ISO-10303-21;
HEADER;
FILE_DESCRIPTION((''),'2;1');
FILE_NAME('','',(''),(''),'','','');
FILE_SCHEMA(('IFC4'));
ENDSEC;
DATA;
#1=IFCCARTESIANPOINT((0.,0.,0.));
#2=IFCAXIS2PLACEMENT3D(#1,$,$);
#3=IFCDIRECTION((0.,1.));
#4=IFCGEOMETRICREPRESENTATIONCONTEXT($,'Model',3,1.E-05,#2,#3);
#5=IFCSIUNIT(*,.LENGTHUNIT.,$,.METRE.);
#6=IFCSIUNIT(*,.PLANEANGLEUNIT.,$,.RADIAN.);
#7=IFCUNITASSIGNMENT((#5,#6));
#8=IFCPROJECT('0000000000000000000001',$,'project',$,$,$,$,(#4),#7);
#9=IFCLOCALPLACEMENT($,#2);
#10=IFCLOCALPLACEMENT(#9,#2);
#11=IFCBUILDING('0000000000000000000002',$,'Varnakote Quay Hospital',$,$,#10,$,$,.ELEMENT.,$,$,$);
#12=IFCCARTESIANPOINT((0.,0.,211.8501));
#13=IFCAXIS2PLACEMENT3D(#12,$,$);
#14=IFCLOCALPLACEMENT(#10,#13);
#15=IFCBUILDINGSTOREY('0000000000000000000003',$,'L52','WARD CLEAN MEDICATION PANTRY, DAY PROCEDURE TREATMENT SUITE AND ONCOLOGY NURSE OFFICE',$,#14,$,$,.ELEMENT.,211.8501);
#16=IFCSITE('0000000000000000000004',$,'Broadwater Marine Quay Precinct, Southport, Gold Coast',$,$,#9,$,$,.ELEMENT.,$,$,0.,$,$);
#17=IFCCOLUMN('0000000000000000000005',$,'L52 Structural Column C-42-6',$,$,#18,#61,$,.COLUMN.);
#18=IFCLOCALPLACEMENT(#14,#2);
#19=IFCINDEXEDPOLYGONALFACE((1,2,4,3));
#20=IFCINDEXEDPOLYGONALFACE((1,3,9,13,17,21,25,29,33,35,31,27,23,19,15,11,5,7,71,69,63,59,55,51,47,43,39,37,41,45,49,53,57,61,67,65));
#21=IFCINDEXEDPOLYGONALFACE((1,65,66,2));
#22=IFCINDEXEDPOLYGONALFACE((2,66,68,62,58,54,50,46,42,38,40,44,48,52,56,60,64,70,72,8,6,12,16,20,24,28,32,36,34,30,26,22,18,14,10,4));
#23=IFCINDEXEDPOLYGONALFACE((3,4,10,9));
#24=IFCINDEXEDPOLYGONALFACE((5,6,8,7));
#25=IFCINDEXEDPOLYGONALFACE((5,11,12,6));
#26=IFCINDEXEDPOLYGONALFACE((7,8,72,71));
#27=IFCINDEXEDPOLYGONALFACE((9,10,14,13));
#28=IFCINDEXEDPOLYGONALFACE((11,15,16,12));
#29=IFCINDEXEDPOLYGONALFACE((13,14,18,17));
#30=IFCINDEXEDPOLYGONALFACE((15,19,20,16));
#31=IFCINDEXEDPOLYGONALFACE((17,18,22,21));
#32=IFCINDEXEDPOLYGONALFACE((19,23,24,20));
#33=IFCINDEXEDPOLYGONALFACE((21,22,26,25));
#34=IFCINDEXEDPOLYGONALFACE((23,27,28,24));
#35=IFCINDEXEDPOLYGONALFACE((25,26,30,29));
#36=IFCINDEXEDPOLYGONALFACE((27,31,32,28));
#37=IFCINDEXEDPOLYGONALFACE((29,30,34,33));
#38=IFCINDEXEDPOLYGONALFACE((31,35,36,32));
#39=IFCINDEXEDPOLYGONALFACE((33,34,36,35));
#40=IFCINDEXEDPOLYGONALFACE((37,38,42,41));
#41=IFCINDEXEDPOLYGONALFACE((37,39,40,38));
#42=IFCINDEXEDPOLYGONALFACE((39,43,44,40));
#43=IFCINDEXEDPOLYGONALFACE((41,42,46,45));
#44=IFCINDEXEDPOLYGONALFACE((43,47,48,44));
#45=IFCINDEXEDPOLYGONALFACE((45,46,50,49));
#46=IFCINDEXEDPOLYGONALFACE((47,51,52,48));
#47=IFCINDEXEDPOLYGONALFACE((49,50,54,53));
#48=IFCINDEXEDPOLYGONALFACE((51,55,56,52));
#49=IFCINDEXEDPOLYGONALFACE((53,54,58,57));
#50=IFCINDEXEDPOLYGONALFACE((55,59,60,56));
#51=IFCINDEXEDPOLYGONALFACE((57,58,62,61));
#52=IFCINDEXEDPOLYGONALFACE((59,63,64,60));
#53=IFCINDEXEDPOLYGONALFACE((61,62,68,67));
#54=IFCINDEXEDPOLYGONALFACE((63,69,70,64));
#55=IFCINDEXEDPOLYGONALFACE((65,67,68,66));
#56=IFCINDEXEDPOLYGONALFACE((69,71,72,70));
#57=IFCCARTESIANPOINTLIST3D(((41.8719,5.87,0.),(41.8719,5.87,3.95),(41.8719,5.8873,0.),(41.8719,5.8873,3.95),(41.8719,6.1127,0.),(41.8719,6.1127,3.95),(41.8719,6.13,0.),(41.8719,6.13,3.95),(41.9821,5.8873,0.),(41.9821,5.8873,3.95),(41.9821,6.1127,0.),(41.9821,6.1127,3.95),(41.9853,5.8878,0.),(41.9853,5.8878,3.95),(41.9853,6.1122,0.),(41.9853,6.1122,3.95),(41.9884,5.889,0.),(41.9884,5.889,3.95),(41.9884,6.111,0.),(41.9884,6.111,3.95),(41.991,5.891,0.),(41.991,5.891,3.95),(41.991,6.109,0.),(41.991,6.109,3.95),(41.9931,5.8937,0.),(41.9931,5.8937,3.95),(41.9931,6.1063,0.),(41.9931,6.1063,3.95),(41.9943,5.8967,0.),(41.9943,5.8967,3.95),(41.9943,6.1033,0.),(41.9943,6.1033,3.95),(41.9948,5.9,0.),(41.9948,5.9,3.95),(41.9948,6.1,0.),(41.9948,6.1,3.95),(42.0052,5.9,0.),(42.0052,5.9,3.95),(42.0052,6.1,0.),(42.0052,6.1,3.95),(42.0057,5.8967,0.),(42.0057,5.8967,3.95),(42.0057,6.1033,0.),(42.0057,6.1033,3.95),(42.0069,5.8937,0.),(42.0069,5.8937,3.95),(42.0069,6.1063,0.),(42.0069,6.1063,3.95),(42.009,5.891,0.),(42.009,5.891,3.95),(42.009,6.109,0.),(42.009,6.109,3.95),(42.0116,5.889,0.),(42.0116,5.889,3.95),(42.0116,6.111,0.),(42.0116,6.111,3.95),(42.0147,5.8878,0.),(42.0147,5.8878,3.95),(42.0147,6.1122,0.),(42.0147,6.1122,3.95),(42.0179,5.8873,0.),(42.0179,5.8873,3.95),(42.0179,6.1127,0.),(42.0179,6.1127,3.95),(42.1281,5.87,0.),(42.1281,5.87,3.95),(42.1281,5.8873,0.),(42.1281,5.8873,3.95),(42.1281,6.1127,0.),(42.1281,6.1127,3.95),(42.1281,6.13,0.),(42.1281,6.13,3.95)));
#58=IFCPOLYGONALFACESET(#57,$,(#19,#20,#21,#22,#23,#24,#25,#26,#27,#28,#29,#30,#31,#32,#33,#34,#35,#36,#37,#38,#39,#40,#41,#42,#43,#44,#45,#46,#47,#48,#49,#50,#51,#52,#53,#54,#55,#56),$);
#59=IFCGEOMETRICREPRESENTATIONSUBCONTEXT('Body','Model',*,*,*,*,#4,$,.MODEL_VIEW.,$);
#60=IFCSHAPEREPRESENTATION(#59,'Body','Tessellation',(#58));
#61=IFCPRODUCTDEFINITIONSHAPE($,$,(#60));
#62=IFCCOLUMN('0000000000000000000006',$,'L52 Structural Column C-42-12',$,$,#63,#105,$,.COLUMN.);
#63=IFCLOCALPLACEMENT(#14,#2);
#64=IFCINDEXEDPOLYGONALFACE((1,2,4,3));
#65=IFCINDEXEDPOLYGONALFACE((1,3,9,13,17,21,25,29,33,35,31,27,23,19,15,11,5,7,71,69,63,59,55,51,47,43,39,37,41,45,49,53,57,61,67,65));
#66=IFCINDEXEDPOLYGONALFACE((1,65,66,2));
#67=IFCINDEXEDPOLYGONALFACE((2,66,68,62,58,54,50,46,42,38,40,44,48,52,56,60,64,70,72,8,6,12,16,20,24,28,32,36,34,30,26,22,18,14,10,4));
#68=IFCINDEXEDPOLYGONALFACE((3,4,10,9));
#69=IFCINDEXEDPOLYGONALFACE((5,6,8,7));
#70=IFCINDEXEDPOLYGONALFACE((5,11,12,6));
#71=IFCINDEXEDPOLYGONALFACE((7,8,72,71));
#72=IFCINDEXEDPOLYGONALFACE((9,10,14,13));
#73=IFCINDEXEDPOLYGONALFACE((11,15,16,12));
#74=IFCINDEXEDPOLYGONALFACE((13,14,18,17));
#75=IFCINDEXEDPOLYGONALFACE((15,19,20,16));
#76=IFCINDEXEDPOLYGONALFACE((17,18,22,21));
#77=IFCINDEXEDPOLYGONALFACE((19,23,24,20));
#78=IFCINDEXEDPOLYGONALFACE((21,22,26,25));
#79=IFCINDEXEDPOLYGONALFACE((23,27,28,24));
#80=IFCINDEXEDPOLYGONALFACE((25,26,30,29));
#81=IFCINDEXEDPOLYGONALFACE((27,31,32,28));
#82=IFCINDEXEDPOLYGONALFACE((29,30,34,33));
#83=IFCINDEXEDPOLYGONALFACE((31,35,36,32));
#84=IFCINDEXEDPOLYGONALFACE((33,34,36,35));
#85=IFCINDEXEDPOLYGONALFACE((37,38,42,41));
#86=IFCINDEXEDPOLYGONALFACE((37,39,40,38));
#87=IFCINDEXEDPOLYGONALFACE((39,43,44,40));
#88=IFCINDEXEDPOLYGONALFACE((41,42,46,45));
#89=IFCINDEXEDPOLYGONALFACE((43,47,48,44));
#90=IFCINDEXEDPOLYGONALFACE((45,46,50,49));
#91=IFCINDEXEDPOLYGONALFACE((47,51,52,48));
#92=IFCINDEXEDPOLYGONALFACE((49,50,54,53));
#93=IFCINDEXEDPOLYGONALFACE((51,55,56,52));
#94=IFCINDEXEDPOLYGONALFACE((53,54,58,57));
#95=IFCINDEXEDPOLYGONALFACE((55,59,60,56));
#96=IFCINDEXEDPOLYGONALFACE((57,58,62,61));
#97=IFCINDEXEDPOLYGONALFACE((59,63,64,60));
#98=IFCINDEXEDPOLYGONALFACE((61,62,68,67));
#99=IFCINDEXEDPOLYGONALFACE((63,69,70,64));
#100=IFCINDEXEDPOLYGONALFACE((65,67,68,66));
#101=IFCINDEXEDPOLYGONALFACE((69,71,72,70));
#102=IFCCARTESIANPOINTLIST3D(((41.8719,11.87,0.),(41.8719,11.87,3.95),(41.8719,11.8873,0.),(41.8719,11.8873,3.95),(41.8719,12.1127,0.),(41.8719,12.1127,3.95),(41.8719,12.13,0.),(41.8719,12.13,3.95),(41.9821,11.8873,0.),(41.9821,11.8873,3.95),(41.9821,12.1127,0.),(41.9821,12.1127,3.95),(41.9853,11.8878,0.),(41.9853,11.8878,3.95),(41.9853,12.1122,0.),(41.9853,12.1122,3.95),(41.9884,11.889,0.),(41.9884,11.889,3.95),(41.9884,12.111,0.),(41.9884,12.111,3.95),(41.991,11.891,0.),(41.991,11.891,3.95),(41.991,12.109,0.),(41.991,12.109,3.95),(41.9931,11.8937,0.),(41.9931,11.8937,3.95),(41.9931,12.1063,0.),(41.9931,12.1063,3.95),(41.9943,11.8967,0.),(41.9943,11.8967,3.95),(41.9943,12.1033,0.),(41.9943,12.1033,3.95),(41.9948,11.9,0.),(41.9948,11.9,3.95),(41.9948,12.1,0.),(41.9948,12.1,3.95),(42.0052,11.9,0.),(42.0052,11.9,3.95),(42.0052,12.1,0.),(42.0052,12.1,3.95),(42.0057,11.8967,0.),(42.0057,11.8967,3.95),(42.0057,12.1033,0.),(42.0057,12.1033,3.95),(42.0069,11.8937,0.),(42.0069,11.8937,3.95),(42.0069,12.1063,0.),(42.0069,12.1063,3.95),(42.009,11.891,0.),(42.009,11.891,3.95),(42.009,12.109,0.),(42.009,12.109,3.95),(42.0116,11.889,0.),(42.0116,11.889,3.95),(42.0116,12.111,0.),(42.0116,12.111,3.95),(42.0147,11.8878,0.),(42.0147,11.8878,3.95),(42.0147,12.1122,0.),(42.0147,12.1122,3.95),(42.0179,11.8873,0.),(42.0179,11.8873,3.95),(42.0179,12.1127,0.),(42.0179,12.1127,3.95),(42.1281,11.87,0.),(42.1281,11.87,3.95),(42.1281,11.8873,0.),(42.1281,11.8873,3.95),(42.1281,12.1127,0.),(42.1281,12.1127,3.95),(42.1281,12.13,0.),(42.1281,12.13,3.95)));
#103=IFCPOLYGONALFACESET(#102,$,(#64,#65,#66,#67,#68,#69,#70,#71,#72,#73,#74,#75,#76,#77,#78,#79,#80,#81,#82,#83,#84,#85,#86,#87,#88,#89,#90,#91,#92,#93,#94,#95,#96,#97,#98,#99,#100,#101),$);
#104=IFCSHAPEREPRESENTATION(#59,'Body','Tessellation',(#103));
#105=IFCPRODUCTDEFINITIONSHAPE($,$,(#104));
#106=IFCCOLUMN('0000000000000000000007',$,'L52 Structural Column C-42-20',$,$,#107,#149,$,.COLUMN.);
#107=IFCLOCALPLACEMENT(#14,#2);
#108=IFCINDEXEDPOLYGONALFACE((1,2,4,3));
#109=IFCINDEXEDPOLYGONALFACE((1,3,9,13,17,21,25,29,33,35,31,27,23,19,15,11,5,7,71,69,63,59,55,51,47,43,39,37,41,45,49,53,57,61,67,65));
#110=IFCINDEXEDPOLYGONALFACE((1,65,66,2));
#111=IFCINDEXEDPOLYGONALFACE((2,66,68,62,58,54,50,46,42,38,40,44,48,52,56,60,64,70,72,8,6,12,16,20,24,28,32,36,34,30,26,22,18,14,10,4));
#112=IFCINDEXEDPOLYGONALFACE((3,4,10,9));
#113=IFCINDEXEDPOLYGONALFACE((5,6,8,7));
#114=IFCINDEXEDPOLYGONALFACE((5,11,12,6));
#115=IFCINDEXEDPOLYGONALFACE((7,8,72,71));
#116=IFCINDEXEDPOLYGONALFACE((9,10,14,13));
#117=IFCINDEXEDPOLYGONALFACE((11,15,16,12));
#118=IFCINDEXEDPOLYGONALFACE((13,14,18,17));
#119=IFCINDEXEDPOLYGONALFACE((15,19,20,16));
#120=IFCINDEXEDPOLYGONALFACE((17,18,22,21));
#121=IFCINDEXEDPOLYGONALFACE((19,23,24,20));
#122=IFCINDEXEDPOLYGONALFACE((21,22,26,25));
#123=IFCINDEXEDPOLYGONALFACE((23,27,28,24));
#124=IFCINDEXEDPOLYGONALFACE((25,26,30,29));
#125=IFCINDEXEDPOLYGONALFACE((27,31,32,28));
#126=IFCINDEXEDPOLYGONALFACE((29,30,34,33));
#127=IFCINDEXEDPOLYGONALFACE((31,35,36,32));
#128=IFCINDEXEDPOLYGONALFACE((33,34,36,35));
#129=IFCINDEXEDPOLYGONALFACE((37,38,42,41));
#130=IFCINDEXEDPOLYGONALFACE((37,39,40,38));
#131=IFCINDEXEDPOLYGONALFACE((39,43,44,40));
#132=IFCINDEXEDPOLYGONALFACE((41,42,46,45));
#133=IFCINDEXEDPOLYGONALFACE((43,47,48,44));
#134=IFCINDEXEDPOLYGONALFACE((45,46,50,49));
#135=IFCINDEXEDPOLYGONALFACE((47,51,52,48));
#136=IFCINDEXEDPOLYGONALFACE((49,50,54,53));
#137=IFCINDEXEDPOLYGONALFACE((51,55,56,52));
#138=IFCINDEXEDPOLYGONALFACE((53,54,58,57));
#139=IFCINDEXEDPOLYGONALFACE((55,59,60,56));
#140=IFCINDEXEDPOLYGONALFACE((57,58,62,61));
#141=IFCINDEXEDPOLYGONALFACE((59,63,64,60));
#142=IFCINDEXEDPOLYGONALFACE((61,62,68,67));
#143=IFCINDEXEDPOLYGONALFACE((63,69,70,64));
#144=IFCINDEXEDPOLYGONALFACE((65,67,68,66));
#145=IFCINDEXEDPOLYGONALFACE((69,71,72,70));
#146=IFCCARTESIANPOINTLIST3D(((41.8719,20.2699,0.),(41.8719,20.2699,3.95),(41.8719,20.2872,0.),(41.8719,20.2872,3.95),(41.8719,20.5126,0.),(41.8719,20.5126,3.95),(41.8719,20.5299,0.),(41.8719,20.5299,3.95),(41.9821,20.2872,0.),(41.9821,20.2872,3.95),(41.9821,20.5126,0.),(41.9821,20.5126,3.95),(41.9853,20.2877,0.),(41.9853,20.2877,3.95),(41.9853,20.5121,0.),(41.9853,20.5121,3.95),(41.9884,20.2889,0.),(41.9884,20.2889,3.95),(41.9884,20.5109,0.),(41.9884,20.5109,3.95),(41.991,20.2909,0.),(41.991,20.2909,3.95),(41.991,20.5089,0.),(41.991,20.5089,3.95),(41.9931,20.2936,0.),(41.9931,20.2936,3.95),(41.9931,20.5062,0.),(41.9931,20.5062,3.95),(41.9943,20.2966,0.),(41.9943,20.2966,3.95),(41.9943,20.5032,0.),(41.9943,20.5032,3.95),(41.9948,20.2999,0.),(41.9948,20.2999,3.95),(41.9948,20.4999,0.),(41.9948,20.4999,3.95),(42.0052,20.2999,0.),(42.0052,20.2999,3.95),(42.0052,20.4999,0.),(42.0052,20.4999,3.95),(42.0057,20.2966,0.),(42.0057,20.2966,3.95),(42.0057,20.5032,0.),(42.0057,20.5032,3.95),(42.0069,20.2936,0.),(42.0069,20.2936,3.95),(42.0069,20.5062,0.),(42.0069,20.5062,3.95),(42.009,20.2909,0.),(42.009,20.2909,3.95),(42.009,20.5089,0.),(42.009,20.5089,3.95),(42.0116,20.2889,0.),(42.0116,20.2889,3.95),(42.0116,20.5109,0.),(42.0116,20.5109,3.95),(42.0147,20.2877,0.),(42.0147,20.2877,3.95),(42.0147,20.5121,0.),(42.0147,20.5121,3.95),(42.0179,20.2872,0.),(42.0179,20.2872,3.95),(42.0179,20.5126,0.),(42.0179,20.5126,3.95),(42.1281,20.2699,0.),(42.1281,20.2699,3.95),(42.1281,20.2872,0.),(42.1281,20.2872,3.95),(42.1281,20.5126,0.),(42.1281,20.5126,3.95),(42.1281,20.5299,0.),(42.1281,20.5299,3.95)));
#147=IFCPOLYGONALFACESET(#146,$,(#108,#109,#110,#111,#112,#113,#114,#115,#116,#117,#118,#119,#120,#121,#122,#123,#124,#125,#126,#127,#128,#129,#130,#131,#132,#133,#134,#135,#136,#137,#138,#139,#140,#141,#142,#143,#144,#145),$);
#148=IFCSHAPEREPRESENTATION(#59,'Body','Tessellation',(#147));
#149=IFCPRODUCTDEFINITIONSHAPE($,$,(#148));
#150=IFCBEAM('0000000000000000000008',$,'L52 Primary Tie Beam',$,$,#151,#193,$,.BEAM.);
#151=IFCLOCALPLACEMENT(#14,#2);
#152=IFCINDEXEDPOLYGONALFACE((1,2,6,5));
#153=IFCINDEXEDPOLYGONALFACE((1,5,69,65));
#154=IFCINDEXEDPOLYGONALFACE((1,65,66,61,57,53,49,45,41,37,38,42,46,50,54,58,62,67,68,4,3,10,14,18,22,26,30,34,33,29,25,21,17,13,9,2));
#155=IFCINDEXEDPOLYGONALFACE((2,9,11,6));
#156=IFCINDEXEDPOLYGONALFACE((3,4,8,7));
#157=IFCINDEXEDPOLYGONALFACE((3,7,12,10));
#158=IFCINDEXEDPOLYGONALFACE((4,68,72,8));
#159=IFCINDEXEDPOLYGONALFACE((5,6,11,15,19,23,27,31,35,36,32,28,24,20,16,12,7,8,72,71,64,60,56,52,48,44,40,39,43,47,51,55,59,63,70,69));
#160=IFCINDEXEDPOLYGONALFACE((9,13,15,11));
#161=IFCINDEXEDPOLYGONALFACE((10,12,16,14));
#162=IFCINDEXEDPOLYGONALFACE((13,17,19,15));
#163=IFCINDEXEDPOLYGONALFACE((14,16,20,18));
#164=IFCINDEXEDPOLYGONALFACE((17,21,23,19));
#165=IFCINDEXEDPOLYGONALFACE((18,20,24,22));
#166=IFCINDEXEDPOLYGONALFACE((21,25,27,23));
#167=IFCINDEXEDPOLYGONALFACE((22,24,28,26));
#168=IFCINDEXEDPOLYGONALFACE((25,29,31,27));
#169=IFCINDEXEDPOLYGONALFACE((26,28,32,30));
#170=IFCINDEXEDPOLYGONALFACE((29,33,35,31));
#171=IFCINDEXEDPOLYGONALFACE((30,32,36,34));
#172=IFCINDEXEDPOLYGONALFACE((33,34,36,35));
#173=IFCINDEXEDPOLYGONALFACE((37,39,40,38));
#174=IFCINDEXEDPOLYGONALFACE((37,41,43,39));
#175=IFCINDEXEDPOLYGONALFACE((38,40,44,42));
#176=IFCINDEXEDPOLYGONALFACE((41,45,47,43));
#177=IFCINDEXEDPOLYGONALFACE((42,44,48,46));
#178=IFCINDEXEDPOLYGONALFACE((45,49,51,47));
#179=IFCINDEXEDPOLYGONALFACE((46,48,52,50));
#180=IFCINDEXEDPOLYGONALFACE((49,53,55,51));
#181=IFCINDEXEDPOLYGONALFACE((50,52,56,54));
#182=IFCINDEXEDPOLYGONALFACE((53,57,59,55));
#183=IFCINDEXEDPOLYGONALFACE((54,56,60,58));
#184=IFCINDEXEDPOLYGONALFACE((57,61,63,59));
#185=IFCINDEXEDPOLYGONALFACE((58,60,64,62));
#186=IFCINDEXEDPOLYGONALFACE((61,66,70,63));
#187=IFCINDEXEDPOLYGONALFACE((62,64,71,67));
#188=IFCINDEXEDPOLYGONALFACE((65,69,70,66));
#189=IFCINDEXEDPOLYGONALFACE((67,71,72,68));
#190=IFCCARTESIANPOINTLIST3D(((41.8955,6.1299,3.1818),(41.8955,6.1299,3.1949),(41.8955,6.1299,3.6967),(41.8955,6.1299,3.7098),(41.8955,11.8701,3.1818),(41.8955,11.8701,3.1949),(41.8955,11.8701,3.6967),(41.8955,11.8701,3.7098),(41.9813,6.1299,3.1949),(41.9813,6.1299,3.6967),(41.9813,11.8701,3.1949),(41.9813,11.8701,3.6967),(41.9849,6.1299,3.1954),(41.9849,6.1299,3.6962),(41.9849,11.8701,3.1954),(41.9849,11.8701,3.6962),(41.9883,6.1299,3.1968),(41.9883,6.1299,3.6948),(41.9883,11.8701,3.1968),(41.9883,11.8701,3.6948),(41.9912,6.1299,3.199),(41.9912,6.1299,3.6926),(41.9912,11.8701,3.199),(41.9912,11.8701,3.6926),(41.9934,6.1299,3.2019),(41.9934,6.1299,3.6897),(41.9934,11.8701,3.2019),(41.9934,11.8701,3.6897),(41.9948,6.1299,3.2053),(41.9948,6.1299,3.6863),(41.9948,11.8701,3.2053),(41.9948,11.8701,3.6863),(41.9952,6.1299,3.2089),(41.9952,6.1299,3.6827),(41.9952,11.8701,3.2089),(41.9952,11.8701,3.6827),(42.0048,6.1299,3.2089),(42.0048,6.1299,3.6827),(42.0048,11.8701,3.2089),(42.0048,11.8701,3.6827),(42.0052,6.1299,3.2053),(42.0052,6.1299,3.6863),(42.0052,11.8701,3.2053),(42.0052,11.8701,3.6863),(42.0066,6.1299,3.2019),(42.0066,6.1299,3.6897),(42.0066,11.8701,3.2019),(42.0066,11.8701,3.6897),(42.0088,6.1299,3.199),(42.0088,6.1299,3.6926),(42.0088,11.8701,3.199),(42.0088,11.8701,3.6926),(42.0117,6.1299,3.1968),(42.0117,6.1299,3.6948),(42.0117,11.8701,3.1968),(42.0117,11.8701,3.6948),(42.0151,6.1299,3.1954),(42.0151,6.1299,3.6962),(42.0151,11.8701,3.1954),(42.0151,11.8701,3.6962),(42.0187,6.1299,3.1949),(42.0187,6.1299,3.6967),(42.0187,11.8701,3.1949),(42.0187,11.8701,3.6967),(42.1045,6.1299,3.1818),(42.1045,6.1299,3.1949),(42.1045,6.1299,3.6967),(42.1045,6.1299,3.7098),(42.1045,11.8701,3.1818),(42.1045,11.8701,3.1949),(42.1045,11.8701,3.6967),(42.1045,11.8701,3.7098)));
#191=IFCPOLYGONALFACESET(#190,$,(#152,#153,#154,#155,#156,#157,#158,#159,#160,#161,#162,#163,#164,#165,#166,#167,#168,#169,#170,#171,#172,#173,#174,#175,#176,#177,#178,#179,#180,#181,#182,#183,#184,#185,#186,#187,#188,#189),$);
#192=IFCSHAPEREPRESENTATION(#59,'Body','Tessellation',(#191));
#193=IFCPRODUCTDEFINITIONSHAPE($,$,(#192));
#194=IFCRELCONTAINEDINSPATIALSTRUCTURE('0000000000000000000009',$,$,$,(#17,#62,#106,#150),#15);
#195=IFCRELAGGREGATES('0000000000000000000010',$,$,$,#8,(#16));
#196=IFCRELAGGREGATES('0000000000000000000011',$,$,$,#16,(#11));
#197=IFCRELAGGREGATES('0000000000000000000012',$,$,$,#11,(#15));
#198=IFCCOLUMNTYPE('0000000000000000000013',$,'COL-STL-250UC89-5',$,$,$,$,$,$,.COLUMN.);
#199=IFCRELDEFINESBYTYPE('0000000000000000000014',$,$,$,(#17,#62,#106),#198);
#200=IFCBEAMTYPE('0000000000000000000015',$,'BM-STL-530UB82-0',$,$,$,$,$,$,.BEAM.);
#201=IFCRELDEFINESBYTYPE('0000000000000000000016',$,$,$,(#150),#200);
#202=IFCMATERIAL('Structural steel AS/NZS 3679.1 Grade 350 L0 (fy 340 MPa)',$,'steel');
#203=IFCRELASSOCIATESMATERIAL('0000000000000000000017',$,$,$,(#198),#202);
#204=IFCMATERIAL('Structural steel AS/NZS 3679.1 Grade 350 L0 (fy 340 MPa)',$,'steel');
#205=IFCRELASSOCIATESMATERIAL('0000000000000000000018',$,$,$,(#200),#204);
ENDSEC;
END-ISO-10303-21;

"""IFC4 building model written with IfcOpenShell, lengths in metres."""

from ifc_helpers import new_model, si_unit, direction, frame, origin, origin_2d, place, context, subcontext, project, spatial, i_section, extrude, material, material_profile, profile_set, type_object, element, save


model = new_model("IFC4")

# Units and contexts
model_context = context("Model", 3, precision=1e-05, world=origin(), true_north=direction((0.0, 1.0)))
body_context = subcontext(model_context, "Body", "Model", "MODEL_VIEW")
ifc_project = project(units=[si_unit("LENGTHUNIT", "METRE"), si_unit("PLANEANGLEUNIT", "RADIAN")], contexts=[model_context])

# Site, building, storey
site_placement = place(None, origin())
site = spatial("IfcSite", under=ifc_project, at=site_placement, Name="Broadwater Marine Quay Precinct, Southport, Gold Coast", CompositionType="ELEMENT", RefElevation=0.0)
building_placement = place(site_placement, origin())
building = spatial("IfcBuilding", under=site, at=building_placement, Name="Varnakote Quay Hospital", CompositionType="ELEMENT")
storey_placement = place(building_placement, frame((0.0, 0.0, 211.8501)))
storey = spatial("IfcBuildingStorey", under=building, at=storey_placement, Name="L52", Description="WARD CLEAN MEDICATION PANTRY, DAY PROCEDURE TREATMENT SUITE AND ONCOLOGY NURSE OFFICE", CompositionType="ELEMENT", Elevation=211.8501)

# Columns
ifc_material_1 = material(Name="Structural steel AS/NZS 3679.1 Grade 350 L0 (fy 340 MPa)", Category="steel")
ifc_material_profile_1 = material_profile(ifc_material_1, i_section(OverallWidth=0.2561, OverallDepth=0.26, WebThickness=0.0105, FlangeThickness=0.0173, FilletRadius=0.0127, at=origin_2d()), Name="250UC89.5")
ifc_profile_set_1 = profile_set([ifc_material_profile_1], Name="Structural steel AS/NZS 3679.1 Grade 350 L0 (fy 340 MPa)")
column_type = type_object("IfcColumnType", Name="COL-STL-250UC89-5", PredefinedType="COLUMN", material=ifc_profile_set_1)
for number, where, z_axis, x_axis, name in (
    (1, (42.0, 6.0, 0.0), (0.0, 0.0, 1.0), (1.0, 0.0, 0.0), "L52 Structural Column C-42-6"),
    (2, (42.0, 12.0, 0.0), (0.0, 0.0, 1.0), (1.0, 0.0, 0.0), "L52 Structural Column C-42-12"),
    (3, (42.0, 20.3999, 0.0), (0.0, 0.0, 1.0), (1.0, 0.0, 0.0), "L52 Structural Column C-42-20"),
):
    element("IfcColumn", number, at=place(storey_placement, frame(where, z_axis=z_axis, x_axis=x_axis)), inside=storey, type_object=column_type, Name=name, PredefinedType="COLUMN", context=body_context, shape_type="SweptSolid", body=[
        extrude(i_section(OverallWidth=0.2561, OverallDepth=0.26, WebThickness=0.0105, FlangeThickness=0.0173, FilletRadius=0.0127, at=origin_2d()), origin(), (0.0, 0.0, 1.0), 3.95),
    ])

# Beam
ifc_material_2 = material(Name="Structural steel AS/NZS 3679.1 Grade 350 L0 (fy 340 MPa)", Category="steel")
ifc_material_profile_2 = material_profile(ifc_material_2, i_section(OverallWidth=0.209, OverallDepth=0.5281, WebThickness=0.0095, FlangeThickness=0.0132, FilletRadius=0.0139, at=origin_2d()), Name="530UB82.0")
ifc_profile_set_2 = profile_set([ifc_material_profile_2], Name="Structural steel AS/NZS 3679.1 Grade 350 L0 (fy 340 MPa)")
beam_type_1 = type_object("IfcBeamType", Name="BM-STL-530UB82-0", PredefinedType="BEAM", material=ifc_profile_set_2)
beam_1_placement = place(storey_placement, frame((42.0, 6.1299, 3.4458), z_axis=(0.0, 1.0, 0.0), x_axis=(-1.0, 0.0, 0.0)))
element("IfcBeam", 4, at=beam_1_placement, inside=storey, type_object=beam_type_1, Name="L52 Primary Tie Beam", PredefinedType="BEAM", context=body_context, shape_type="SweptSolid", body=[
    extrude(i_section(OverallWidth=0.209, OverallDepth=0.5281, WebThickness=0.0095, FlangeThickness=0.0132, FilletRadius=0.0139, at=origin_2d()), origin(), (0.0, 0.0, 1.0), 5.7402),
])

save(model, "model.ifc")
